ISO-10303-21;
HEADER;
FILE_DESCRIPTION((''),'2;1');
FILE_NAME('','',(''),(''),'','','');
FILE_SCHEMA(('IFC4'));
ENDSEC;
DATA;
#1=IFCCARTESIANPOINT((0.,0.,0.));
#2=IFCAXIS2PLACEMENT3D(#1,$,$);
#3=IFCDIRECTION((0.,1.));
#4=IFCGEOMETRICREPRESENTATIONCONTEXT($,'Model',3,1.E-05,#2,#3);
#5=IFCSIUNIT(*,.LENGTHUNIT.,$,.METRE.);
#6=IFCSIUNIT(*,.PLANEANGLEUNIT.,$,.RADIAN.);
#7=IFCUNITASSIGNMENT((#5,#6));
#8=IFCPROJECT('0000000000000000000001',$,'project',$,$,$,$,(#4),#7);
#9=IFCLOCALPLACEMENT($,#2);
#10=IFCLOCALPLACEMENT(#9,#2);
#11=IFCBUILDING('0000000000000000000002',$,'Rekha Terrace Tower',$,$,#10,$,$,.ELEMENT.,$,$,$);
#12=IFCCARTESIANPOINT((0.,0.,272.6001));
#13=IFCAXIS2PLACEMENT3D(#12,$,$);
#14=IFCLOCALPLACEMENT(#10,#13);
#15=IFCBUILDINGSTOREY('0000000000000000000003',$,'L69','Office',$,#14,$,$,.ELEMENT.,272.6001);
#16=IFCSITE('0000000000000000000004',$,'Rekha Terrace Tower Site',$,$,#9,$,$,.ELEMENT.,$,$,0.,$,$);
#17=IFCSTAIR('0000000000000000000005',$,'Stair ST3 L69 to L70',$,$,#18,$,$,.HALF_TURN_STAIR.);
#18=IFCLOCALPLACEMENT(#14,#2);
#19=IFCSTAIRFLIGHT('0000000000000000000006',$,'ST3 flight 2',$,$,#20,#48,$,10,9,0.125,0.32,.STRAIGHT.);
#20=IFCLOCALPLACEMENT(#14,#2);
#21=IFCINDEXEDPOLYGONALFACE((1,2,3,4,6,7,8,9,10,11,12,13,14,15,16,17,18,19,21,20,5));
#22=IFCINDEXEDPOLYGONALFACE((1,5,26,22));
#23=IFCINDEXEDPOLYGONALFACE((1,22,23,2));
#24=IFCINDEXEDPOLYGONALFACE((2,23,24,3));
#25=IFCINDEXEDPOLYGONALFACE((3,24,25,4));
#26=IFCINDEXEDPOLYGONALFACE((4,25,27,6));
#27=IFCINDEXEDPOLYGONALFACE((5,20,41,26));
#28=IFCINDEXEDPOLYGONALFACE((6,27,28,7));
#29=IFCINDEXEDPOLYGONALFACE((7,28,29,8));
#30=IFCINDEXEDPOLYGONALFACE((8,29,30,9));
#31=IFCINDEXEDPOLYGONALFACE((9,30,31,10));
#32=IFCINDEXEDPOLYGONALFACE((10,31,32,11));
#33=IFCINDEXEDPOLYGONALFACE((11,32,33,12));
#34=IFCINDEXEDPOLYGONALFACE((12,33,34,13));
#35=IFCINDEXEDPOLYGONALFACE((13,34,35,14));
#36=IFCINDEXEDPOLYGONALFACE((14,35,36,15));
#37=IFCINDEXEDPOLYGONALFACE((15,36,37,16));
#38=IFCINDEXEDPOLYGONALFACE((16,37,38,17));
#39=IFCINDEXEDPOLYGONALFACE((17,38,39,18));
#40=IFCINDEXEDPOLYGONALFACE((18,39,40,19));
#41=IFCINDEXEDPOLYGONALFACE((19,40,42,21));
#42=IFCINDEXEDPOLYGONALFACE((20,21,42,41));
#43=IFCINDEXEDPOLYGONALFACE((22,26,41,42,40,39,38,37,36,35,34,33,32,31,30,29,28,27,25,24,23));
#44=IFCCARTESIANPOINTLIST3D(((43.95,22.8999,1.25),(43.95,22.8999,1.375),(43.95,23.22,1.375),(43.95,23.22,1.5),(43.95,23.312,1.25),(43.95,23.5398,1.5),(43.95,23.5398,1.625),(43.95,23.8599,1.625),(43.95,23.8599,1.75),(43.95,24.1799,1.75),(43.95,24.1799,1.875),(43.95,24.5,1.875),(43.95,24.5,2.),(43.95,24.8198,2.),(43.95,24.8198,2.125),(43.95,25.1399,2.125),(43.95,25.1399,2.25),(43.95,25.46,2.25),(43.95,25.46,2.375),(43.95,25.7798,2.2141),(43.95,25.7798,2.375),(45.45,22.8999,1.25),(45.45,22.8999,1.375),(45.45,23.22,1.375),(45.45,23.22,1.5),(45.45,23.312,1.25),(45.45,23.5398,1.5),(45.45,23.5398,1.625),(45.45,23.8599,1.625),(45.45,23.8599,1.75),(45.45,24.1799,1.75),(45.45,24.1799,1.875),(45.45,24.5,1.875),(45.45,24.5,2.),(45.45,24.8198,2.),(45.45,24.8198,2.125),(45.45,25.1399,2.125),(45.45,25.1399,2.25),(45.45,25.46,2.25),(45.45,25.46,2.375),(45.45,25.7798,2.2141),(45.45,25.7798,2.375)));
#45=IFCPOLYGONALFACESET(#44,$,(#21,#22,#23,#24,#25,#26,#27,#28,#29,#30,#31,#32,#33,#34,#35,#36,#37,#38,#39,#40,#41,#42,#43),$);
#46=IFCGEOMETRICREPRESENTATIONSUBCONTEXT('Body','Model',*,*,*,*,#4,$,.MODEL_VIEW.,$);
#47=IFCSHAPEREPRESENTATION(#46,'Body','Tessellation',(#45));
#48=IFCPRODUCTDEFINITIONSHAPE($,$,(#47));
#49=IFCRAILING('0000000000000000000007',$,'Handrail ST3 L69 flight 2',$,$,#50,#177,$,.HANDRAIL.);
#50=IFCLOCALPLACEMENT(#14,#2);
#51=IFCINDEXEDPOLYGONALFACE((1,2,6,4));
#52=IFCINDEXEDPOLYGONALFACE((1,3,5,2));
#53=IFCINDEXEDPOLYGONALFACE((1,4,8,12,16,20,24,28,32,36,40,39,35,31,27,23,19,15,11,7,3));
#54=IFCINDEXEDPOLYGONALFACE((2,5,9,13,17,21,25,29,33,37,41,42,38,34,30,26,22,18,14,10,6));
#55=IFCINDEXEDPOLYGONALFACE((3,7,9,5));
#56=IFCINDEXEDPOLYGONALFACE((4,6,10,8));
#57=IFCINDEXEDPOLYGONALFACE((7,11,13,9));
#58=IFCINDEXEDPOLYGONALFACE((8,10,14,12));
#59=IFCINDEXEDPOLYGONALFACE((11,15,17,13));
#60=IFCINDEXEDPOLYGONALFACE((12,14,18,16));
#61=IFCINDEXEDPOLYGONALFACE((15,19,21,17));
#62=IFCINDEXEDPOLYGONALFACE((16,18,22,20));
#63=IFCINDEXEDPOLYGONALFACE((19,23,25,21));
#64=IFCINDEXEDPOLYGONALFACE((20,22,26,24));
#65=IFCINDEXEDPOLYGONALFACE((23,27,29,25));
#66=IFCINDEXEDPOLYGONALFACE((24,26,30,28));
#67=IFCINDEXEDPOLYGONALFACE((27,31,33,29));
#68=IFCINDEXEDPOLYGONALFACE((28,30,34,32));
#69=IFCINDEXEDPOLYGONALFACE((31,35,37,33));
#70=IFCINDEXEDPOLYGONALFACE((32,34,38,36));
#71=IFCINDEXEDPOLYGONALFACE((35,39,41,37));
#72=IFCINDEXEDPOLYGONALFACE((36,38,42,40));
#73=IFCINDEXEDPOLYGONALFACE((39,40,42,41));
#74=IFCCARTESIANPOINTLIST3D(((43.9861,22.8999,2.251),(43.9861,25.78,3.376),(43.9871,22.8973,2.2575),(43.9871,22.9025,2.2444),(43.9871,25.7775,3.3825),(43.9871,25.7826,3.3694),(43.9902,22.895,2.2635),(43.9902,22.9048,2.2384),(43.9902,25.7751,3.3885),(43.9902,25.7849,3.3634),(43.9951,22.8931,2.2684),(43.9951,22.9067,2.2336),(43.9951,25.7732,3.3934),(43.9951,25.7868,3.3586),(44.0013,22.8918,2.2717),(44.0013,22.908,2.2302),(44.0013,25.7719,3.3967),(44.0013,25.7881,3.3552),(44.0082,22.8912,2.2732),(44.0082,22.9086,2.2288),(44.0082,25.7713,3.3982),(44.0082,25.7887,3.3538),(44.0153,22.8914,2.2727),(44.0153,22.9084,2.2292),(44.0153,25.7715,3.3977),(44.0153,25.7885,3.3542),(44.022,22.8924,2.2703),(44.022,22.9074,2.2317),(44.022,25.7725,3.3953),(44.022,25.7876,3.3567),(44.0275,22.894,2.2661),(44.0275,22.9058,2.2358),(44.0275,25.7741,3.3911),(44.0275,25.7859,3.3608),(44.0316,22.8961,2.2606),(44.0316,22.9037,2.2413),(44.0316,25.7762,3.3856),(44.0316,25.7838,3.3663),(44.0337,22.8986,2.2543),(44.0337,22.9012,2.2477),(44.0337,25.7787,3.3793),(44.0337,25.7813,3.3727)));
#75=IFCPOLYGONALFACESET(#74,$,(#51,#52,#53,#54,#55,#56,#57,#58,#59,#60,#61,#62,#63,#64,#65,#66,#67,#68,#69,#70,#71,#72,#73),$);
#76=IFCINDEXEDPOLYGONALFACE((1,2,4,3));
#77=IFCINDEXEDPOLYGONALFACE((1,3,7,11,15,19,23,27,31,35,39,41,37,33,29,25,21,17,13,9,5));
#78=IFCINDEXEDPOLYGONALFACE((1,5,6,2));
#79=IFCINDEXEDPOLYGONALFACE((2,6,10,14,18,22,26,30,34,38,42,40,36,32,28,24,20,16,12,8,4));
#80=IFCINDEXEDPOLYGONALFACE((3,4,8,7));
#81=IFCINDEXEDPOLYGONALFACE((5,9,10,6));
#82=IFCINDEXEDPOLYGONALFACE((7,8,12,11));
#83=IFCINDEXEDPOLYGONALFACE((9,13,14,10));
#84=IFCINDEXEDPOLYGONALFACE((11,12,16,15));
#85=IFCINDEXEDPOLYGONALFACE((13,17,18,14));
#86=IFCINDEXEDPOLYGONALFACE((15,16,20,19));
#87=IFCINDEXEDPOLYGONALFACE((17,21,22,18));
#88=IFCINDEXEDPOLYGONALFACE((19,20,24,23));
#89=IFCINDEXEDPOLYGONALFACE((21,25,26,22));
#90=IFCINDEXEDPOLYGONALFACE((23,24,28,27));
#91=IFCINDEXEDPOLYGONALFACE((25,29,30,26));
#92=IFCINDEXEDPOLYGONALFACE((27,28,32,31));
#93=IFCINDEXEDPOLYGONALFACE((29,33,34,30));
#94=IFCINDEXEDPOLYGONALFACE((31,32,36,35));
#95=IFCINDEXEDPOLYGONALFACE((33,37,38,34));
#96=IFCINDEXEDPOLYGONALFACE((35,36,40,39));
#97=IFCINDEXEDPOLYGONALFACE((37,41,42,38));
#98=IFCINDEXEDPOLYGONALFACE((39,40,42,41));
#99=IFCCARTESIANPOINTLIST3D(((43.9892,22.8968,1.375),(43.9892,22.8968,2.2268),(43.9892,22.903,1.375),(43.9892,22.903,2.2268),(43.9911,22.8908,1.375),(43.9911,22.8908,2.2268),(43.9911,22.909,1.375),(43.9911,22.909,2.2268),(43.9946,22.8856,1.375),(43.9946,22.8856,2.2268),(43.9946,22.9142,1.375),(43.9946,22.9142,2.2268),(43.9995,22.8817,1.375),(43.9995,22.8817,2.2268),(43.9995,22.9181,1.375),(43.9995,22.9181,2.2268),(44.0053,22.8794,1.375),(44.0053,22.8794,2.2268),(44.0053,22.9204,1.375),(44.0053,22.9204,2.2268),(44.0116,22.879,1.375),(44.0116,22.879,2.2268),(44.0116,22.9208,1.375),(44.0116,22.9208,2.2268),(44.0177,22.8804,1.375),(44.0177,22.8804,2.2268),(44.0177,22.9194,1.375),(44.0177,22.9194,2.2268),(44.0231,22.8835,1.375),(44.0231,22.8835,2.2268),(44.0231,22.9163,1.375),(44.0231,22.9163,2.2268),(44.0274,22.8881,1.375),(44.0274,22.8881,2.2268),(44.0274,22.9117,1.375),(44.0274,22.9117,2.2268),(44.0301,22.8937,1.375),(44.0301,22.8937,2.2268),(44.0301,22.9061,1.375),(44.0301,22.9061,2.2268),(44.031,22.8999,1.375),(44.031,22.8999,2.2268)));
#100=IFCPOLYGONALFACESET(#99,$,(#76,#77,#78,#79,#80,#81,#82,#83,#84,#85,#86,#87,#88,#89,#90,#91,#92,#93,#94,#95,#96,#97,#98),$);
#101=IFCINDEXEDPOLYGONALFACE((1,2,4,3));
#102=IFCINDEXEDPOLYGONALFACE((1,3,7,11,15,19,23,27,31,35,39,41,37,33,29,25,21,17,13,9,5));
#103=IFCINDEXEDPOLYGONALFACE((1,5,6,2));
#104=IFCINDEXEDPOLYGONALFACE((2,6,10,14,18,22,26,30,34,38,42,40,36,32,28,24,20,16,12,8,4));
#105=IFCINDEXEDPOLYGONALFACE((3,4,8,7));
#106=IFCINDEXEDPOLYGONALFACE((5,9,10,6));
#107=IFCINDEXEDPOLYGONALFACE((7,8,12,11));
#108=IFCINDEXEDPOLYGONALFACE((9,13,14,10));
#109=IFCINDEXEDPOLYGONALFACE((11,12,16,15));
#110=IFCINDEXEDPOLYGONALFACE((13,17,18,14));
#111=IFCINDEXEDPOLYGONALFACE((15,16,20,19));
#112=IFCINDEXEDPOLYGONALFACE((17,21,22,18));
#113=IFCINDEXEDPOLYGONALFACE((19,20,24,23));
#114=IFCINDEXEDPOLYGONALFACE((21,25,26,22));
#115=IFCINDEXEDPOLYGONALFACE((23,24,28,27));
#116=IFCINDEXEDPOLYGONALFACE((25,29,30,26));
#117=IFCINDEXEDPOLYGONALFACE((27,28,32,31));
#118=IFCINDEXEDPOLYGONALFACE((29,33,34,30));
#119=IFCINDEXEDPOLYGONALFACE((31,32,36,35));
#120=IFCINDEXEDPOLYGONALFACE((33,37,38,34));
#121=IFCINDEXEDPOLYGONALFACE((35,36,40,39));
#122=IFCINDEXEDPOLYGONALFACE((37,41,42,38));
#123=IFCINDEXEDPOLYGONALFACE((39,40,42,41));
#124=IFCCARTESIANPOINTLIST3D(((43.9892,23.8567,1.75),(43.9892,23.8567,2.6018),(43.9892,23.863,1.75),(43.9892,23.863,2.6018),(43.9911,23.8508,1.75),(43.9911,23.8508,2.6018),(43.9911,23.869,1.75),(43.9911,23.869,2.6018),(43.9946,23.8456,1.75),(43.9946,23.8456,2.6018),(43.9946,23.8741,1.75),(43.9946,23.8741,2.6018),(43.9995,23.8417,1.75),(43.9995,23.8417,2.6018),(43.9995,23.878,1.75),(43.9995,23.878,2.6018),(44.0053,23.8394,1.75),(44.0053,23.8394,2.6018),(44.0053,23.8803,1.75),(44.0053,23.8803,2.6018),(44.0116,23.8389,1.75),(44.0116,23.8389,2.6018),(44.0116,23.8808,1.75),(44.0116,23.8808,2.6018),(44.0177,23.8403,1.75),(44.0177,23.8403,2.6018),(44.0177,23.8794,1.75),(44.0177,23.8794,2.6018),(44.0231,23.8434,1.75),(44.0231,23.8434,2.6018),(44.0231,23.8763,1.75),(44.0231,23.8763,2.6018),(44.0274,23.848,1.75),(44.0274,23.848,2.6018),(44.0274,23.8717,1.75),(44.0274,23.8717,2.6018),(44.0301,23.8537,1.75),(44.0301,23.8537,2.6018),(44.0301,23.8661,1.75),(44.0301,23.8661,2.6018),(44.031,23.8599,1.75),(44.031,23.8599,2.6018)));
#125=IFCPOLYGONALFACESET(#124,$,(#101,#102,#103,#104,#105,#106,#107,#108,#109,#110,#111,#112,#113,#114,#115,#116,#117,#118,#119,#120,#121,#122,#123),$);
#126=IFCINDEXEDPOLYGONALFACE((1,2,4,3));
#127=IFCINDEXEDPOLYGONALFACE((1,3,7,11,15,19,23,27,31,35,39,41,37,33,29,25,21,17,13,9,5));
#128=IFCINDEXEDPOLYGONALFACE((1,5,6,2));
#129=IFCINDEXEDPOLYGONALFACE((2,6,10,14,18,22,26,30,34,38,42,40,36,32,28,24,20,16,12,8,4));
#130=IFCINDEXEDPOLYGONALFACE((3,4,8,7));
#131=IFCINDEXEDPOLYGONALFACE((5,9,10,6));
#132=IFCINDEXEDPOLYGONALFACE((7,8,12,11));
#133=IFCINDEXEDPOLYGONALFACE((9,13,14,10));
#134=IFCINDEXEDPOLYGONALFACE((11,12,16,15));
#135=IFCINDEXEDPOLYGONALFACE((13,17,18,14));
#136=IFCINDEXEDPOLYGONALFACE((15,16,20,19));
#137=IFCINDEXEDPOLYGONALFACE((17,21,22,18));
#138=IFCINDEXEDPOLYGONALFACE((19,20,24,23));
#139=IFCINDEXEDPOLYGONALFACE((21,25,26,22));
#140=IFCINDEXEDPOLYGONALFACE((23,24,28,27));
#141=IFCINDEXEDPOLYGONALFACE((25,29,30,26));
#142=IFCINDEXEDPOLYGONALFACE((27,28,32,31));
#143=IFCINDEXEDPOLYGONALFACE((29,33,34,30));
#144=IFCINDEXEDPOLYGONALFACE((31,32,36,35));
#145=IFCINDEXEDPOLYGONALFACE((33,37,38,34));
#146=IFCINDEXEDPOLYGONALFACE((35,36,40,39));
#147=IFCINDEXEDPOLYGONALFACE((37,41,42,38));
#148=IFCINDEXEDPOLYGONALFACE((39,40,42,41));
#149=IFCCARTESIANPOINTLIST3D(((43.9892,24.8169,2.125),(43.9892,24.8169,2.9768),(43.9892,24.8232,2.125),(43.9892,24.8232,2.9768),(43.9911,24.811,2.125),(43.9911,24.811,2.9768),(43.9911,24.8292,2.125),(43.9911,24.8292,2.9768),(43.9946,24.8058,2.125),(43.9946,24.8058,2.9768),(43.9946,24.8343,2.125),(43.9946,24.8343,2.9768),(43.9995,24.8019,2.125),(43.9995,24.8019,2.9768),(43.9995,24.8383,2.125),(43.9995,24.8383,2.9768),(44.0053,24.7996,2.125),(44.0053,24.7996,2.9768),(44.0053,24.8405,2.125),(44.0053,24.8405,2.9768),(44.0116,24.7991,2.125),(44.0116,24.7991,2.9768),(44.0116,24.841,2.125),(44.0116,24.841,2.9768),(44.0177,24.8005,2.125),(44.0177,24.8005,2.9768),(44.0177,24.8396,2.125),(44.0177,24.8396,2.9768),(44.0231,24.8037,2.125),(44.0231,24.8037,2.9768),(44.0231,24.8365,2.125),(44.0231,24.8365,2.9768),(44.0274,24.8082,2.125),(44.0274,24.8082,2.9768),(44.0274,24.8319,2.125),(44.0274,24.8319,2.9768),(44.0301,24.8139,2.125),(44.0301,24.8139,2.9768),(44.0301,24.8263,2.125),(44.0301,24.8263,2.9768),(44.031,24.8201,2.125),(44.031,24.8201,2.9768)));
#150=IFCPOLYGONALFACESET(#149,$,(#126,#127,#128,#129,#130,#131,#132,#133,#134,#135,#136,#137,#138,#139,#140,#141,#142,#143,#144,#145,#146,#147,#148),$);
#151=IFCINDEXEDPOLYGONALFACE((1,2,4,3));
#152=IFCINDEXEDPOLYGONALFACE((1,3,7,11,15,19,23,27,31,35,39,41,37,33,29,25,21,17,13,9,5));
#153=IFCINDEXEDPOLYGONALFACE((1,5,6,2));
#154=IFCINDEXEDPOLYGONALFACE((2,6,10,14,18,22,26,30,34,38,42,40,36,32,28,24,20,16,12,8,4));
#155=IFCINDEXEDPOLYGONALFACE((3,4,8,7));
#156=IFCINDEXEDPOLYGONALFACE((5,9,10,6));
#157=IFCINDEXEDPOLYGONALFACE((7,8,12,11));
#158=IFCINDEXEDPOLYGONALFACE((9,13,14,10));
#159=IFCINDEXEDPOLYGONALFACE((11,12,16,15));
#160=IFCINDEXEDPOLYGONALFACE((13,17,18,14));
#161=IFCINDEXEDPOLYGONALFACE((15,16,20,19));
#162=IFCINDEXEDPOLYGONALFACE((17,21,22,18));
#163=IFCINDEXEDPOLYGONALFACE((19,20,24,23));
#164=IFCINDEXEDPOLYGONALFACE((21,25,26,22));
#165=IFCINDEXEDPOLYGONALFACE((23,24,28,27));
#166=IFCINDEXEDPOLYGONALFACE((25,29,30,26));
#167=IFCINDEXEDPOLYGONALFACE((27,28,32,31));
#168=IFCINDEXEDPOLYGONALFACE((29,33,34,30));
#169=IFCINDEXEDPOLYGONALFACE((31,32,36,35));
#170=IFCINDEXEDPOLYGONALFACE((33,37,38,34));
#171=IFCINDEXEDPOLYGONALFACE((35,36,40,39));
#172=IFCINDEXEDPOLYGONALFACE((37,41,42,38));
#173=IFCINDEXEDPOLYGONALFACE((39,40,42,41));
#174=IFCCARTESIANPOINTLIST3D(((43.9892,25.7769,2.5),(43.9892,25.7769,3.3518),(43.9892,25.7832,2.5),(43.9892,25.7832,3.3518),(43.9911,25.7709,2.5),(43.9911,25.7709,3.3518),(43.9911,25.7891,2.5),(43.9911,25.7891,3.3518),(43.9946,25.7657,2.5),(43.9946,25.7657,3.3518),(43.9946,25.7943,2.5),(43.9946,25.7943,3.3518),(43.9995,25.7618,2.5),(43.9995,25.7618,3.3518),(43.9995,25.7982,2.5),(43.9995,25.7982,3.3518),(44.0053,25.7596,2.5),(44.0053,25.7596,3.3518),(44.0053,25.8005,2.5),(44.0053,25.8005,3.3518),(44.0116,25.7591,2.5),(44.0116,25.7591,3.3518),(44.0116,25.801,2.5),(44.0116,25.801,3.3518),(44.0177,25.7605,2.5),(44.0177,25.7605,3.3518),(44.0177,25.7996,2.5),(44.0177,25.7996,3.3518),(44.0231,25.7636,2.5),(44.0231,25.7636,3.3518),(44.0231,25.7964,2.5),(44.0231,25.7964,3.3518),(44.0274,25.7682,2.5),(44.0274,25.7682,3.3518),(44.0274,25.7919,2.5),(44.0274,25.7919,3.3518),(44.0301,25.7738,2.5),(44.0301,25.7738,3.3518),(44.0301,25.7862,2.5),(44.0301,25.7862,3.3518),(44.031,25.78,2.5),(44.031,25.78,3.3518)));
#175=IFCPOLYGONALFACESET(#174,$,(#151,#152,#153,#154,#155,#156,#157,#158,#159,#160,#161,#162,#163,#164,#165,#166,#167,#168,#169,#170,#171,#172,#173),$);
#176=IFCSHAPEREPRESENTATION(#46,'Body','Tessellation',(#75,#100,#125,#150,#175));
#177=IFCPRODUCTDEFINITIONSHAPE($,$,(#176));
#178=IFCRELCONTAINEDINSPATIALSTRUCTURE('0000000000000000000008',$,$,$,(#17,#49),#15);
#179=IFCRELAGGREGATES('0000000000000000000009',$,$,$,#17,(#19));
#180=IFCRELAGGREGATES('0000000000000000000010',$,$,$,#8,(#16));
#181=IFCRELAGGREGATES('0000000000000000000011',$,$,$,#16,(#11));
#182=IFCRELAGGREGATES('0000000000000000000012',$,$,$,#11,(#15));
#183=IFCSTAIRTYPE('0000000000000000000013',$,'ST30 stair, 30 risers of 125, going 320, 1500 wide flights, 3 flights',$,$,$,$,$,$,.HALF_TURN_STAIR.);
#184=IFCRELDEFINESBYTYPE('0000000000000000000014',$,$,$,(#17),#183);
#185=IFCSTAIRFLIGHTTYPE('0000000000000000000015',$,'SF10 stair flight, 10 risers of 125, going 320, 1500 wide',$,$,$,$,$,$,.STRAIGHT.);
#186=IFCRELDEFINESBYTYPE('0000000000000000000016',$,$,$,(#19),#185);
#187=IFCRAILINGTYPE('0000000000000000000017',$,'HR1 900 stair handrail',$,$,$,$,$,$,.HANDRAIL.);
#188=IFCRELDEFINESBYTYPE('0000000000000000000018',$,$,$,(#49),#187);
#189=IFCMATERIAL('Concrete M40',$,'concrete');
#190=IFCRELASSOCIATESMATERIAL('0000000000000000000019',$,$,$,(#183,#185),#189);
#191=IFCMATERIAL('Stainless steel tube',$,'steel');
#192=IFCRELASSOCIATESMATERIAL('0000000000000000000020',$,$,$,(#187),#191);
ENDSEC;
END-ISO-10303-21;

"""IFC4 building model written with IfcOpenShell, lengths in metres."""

from ifc_helpers import new_model, si_unit, direction, frame, origin, origin_2d, place, context, subcontext, project, spatial, polyline, circle, outline, extrude, material, type_object, element, aggregate, save


model = new_model("IFC4")

# Units and contexts
model_context = context("Model", 3, precision=1e-05, world=origin(), true_north=direction((0.0, 1.0)))
body_context = subcontext(model_context, "Body", "Model", "MODEL_VIEW")
ifc_project = project(units=[si_unit("LENGTHUNIT", "METRE"), si_unit("PLANEANGLEUNIT", "RADIAN")], contexts=[model_context])

# Site, building, storey
site_placement = place(None, origin())
site = spatial("IfcSite", under=ifc_project, at=site_placement, Name="Rekha Terrace Tower Site", CompositionType="ELEMENT", RefElevation=0.0)
building_placement = place(site_placement, origin())
building = spatial("IfcBuilding", under=site, at=building_placement, Name="Rekha Terrace Tower", CompositionType="ELEMENT")
storey_placement = place(building_placement, frame((0.0, 0.0, 272.6001)))
storey = spatial("IfcBuildingStorey", under=building, at=storey_placement, Name="L69", Description="Office", CompositionType="ELEMENT", Elevation=272.6001)

# Stair, stair flight
ifc_material_1 = material(Name="Concrete M40", Category="concrete")
stair_type = type_object("IfcStairType", Name="ST30 stair, 30 risers of 125, going 320, 1500 wide flights, 3 flights", PredefinedType="HALF_TURN_STAIR", material=ifc_material_1)
stair_placement = place(storey_placement, origin())
stair = element("IfcStair", 1, at=stair_placement, inside=storey, type_object=stair_type, Name="Stair ST3 L69 to L70", PredefinedType="HALF_TURN_STAIR")
stair_flight_type = type_object("IfcStairFlightType", Name="SF10 stair flight, 10 risers of 125, going 320, 1500 wide", PredefinedType="STRAIGHT", material=ifc_material_1)
stair_flight_placement = place(storey_placement, frame((44.7, 22.8999, 1.25), z_axis=(0.0, 0.0, 1.0), x_axis=(0.0, 1.0, 0.0)))
stair_flight = element("IfcStairFlight", 2, at=stair_flight_placement, type_object=stair_flight_type, Name="ST3 flight 2", NumberOfRisers=10, NumberOfTreads=9, PredefinedType="STRAIGHT", RiserHeight=0.125, TreadLength=0.32, context=body_context, shape_type="SweptSolid", body=[
    extrude(outline(polyline([(0.0, 0.0), (0.0, 0.125), (0.3201, 0.125), (0.3201, 0.25), (0.6399, 0.25), (0.6399, 0.375), (0.96, 0.375), (0.96, 0.5), (1.28, 0.5), (1.28, 0.625), (1.6001, 0.625), (1.6001, 0.75), (1.9199, 0.75), (1.9199, 0.875), (2.24, 0.875), (2.24, 1.0), (2.5601, 1.0), (2.5601, 1.125), (2.8799, 1.125), (2.8799, 1.25), (2.8799, 0.9641), (0.4121, 0.0), (0.0, 0.0)])), frame((0.0, 0.75, 0.0), z_axis=(0.0, -1.0, 0.0), x_axis=(1.0, 0.0, 0.0)), (0.0, 0.0, 1.0), 1.5),
])
aggregate(stair, [stair_flight])

# Railing
ifc_material_2 = material(Name="Stainless steel tube", Category="steel")
railing_type = type_object("IfcRailingType", Name="HR1 900 stair handrail", PredefinedType="HANDRAIL", material=ifc_material_2)
railing_placement = place(storey_placement, frame((44.01, 22.8999, 1.375)))
element("IfcRailing", 3, at=railing_placement, inside=storey, type_object=railing_type, Name="Handrail ST3 L69 flight 2", PredefinedType="HANDRAIL", context=body_context, shape_type="SweptSolid", body=[
    extrude(circle(Radius=0.0239, at=origin_2d()), frame((0.0, 0.0, 0.876), z_axis=(0.0, 0.931463, 0.363837), x_axis=(-1.0, 0.0, 0.0)), (0.0, 0.0, 1.0), 3.092),
    extrude(circle(Radius=0.021, at=origin_2d()), origin(), (0.0, 0.0, 1.0), 0.8518),
    extrude(circle(Radius=0.021, at=origin_2d()), frame((0.0, 0.96, 0.375)), (0.0, 0.0, 1.0), 0.8518),
    extrude(circle(Radius=0.021, at=origin_2d()), frame((0.0, 1.9202, 0.75)), (0.0, 0.0, 1.0), 0.8518),
    extrude(circle(Radius=0.021, at=origin_2d()), frame((0.0, 2.8801, 1.125)), (0.0, 0.0, 1.0), 0.8518),
])

save(model, "model.ifc")
